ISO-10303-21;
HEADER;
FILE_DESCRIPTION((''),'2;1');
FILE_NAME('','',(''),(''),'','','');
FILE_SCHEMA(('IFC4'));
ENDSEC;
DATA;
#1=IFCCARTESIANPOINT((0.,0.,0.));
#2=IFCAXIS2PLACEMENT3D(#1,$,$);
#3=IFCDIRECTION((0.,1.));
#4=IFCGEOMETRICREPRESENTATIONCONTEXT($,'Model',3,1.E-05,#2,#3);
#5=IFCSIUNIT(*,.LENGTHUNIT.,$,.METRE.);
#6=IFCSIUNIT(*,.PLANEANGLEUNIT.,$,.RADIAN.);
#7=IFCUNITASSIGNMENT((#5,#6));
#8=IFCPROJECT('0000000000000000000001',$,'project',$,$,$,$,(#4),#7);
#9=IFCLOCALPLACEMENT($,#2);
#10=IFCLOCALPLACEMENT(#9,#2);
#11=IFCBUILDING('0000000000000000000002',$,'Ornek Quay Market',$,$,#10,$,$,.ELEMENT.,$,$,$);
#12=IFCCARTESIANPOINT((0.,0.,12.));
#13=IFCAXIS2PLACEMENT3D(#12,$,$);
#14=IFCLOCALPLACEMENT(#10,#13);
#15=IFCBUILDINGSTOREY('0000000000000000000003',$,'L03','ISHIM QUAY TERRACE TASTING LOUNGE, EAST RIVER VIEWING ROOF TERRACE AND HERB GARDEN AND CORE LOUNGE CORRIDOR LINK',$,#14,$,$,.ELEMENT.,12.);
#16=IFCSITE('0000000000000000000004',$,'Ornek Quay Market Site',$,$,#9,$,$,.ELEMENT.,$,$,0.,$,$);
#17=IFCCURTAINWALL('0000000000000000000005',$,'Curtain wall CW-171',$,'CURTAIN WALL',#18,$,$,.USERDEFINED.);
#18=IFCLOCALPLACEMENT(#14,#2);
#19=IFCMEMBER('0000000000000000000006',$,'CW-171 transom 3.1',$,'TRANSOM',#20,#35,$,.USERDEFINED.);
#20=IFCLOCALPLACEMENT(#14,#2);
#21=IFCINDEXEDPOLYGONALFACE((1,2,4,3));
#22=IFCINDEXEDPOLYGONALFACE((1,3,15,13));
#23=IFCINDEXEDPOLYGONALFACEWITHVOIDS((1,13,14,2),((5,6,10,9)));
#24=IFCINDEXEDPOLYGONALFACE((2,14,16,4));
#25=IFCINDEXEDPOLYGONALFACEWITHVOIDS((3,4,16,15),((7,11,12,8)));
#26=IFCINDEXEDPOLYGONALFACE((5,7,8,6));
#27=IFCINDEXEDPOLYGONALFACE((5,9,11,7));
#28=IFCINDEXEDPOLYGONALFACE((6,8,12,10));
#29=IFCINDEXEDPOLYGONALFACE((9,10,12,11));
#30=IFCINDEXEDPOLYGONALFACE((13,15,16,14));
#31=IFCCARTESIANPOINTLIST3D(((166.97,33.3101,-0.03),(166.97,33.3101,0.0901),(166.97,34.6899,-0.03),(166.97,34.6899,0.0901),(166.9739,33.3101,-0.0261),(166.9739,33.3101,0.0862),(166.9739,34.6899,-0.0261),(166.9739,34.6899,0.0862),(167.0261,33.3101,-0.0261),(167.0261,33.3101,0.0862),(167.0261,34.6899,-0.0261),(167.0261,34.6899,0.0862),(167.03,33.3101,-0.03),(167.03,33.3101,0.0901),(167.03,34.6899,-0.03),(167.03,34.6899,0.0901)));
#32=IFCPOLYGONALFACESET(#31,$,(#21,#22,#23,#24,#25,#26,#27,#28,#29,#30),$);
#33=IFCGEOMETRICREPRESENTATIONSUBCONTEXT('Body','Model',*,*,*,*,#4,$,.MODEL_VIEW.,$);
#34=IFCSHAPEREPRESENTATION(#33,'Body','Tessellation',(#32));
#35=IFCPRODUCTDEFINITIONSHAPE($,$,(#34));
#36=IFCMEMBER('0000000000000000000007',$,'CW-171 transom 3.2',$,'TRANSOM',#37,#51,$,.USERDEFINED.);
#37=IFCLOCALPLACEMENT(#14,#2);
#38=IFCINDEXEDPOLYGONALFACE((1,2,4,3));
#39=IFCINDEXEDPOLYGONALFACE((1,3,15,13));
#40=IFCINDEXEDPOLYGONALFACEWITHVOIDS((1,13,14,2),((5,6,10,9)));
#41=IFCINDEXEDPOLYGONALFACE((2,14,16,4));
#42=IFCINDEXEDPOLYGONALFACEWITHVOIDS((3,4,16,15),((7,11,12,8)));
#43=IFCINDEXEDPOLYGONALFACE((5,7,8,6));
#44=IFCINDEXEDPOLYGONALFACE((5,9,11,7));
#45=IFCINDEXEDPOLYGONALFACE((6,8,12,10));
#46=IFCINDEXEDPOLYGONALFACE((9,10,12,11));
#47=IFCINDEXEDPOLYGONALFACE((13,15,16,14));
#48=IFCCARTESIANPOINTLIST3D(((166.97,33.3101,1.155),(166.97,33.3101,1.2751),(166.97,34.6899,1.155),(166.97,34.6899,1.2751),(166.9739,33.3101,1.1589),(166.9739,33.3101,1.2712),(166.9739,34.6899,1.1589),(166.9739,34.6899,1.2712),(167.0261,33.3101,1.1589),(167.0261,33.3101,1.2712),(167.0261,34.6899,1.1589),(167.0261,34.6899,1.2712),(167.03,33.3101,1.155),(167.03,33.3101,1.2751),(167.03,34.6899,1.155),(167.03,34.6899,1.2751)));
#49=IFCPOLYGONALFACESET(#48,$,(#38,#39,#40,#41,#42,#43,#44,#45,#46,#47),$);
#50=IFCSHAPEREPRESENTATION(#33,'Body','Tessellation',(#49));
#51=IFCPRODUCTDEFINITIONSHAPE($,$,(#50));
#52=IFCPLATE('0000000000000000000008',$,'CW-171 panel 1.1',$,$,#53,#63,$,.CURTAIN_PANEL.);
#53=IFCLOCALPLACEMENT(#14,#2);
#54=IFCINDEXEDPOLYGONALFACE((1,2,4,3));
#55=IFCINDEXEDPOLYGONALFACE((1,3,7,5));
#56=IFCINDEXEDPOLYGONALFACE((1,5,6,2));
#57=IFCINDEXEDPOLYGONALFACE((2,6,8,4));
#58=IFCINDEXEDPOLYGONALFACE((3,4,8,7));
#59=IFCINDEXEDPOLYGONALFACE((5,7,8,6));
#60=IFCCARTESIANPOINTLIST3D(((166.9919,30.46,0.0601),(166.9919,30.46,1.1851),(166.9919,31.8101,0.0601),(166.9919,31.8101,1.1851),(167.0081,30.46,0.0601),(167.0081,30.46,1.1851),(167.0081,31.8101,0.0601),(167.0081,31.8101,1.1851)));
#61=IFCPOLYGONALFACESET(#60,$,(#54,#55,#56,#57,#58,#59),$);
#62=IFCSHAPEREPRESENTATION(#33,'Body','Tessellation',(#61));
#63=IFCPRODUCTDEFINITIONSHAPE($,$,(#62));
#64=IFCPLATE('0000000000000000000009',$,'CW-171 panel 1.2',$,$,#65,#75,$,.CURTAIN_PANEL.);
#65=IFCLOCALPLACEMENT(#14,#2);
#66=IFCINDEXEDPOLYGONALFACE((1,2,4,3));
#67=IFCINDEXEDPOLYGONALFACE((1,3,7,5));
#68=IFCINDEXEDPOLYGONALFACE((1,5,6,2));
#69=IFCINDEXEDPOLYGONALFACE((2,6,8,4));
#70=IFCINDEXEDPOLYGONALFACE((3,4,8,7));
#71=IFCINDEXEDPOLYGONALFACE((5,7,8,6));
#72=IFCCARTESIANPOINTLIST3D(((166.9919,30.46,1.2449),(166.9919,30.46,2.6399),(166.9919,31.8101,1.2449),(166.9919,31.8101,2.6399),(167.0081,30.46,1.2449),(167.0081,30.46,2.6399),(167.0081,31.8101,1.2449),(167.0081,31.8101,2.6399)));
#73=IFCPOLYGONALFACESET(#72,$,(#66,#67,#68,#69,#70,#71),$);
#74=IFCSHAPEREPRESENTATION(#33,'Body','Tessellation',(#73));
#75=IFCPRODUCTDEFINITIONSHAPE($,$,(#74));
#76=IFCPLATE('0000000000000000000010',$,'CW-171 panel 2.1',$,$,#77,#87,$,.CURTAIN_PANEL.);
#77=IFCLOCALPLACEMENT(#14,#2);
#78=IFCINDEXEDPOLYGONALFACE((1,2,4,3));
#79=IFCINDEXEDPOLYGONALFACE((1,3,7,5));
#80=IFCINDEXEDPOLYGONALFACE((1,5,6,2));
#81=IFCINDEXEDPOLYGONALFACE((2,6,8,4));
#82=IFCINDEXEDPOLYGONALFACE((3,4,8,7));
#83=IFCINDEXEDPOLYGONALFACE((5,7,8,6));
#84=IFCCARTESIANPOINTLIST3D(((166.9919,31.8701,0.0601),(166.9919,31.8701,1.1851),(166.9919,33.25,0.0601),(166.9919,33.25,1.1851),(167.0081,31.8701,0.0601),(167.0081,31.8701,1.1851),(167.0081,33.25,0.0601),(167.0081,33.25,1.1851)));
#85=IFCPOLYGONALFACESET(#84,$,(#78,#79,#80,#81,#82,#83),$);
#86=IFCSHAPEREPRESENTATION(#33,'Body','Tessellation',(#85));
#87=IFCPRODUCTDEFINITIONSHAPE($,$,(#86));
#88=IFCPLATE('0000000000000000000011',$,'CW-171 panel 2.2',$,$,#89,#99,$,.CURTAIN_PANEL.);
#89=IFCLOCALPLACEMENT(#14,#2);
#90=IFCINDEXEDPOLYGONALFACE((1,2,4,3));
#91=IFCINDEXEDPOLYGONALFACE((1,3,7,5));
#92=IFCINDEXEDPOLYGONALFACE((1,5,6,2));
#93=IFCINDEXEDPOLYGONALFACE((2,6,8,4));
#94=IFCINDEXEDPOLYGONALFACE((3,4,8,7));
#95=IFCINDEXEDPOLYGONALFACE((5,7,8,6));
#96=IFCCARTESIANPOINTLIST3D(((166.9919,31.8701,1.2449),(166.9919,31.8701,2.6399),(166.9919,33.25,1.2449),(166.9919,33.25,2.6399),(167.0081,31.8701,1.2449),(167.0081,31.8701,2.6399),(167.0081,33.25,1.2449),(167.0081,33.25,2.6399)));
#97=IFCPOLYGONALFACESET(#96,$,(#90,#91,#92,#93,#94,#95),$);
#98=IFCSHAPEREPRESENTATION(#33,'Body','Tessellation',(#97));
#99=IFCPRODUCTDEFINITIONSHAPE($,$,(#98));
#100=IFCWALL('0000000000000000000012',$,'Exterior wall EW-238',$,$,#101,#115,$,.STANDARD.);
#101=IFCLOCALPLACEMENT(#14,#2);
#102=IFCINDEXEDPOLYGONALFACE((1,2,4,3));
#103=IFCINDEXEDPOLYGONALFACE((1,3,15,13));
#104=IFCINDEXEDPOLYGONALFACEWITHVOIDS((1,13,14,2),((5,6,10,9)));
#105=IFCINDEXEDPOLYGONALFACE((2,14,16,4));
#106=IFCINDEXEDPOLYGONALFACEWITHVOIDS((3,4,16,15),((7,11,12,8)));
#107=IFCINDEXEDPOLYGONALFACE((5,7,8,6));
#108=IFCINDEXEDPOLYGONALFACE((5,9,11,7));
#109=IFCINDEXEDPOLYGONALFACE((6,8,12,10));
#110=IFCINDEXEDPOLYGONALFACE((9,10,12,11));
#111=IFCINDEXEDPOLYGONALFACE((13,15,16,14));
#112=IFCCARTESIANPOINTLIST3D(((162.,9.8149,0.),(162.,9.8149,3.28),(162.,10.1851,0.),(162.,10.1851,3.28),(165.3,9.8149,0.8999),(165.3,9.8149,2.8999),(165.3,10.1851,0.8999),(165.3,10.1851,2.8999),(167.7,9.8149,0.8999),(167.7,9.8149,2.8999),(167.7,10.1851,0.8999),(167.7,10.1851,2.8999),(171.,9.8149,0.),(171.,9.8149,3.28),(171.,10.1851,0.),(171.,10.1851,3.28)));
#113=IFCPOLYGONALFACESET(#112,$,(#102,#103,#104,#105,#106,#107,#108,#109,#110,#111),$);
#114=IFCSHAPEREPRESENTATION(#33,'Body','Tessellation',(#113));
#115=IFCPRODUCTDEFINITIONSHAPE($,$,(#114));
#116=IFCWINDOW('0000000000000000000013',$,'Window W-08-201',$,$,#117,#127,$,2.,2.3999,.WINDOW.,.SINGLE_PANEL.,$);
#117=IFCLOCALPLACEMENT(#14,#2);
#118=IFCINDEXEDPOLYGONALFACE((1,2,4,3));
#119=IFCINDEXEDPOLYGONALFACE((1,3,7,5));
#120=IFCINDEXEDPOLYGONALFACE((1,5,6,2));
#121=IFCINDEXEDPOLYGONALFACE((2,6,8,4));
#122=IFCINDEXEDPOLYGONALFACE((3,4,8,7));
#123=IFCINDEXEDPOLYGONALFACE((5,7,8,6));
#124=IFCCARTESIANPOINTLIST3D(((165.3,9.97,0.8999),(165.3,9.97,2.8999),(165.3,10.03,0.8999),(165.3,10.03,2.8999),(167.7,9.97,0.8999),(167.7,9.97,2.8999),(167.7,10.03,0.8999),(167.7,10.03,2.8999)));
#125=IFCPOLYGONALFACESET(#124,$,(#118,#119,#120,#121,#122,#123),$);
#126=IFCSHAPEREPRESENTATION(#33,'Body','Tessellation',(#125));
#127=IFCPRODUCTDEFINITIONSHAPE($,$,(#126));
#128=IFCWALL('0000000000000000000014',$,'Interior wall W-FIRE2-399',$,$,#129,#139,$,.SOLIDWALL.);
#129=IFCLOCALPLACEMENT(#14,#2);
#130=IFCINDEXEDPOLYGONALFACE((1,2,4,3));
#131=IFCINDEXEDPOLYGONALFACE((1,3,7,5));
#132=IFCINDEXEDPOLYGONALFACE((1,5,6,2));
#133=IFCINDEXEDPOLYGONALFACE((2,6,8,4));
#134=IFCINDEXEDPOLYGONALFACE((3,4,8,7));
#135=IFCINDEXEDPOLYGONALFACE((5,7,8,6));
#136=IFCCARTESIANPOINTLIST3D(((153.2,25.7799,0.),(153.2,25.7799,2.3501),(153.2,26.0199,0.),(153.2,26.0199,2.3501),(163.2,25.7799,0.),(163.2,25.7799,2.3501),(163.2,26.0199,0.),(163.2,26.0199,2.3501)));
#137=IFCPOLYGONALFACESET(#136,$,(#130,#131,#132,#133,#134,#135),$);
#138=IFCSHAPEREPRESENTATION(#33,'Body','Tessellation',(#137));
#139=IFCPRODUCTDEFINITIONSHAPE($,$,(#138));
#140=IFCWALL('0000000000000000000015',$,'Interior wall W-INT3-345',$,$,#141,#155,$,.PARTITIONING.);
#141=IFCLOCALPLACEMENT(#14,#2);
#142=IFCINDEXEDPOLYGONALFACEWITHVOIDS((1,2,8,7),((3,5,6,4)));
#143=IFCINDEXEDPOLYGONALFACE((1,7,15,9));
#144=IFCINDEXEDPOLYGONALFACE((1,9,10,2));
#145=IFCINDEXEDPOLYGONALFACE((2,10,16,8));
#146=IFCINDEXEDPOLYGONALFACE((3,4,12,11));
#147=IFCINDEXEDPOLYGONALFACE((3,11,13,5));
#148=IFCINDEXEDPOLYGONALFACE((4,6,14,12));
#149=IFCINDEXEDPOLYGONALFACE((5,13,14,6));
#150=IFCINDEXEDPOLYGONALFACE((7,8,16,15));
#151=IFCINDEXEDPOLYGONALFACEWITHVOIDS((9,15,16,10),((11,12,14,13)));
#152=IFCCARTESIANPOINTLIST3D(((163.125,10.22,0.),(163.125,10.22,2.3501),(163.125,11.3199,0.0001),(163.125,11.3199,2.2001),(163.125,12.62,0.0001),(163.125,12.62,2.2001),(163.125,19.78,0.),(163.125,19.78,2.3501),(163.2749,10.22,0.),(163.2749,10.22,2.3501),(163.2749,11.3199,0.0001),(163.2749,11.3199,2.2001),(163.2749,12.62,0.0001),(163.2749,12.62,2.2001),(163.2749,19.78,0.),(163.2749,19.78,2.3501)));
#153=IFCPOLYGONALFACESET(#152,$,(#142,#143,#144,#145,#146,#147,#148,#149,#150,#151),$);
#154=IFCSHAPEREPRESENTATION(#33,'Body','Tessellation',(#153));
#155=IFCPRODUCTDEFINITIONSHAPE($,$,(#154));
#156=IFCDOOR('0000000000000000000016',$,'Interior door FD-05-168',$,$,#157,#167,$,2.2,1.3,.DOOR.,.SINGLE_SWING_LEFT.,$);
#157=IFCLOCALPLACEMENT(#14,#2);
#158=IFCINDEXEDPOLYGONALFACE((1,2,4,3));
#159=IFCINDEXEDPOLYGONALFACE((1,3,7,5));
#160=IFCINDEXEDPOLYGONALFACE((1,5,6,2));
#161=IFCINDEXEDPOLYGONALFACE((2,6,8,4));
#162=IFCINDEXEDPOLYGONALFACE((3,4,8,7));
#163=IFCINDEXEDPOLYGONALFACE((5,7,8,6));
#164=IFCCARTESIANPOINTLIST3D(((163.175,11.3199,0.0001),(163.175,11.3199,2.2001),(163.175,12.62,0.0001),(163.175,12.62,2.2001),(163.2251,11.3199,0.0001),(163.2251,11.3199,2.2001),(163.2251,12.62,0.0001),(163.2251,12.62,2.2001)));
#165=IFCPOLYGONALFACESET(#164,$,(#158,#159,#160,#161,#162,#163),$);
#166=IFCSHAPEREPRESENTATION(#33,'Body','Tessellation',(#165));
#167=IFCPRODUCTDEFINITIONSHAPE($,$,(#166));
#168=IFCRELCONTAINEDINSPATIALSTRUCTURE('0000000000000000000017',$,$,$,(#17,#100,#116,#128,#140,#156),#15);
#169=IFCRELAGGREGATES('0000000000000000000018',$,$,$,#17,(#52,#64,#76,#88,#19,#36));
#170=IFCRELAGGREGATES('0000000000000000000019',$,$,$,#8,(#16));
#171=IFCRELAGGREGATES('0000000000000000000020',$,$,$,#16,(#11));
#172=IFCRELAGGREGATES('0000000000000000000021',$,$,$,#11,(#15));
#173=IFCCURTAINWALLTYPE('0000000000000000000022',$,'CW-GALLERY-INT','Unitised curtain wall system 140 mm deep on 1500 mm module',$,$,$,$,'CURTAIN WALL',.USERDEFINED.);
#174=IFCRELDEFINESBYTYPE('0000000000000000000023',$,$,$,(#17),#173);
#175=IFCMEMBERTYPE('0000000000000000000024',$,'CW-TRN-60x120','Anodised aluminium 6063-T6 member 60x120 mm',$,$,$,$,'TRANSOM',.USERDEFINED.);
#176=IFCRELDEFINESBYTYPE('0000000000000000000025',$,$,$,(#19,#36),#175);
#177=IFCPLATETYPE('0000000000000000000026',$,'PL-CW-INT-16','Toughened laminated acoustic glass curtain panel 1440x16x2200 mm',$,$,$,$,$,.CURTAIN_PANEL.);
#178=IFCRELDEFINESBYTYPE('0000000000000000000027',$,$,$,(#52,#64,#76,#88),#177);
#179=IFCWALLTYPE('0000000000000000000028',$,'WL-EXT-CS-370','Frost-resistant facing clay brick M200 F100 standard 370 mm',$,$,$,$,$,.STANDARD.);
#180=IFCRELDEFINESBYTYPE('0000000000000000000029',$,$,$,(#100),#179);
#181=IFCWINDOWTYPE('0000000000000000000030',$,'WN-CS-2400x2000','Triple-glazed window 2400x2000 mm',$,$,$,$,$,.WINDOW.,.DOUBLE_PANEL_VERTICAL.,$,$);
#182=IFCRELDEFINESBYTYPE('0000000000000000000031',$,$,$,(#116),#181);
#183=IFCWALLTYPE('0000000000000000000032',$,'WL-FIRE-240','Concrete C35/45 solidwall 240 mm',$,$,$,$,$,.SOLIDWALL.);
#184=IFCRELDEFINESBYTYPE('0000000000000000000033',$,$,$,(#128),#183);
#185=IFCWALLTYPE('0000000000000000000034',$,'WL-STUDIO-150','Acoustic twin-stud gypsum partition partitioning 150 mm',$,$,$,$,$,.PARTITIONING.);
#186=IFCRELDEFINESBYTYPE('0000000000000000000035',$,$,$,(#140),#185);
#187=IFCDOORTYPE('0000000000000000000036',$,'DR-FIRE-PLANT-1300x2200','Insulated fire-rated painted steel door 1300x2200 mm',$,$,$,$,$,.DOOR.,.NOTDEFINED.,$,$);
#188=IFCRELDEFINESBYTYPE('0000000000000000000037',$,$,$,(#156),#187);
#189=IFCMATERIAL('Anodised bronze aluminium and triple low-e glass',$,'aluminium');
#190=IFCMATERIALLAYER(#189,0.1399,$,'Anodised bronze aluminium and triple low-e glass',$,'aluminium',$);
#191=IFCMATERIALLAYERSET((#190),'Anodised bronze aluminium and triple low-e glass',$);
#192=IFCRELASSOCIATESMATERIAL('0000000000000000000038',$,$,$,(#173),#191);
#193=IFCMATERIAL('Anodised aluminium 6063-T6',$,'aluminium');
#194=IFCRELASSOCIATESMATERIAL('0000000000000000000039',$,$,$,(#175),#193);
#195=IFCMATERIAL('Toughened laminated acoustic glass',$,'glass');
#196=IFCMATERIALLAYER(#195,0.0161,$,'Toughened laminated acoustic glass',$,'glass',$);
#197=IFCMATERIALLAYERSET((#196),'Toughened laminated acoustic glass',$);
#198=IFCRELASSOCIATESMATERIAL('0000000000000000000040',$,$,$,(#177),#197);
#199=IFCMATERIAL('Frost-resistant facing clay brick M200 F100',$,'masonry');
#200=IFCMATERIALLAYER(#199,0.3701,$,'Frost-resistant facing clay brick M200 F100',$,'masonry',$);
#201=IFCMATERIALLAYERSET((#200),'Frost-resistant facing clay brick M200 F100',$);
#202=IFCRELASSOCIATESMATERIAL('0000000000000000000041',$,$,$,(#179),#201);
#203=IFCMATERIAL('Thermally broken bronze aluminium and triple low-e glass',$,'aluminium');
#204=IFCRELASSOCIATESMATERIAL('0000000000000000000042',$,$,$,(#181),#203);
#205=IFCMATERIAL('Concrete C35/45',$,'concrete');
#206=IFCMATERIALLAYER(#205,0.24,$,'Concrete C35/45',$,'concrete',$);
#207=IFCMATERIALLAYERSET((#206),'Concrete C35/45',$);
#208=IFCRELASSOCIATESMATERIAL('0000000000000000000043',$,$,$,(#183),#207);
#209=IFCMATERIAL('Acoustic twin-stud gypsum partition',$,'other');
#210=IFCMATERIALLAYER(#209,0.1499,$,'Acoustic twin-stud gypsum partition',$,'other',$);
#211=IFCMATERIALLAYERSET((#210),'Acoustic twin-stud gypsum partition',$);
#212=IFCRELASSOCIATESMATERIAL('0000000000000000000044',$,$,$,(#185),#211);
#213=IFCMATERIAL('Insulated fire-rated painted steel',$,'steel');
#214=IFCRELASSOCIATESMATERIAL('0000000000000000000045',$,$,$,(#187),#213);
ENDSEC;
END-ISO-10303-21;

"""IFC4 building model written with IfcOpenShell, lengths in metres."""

from ifc_helpers import new_model, si_unit, direction, frame, frame_2d, origin, origin_2d, place, context, subcontext, project, spatial, rectangle, hollow_rectangle, extrude, material, layer, layer_set, material_profile, profile_set, type_object, element, fill, aggregate, save


model = new_model("IFC4")

# Units and contexts
model_context = context("Model", 3, precision=1e-05, world=origin(), true_north=direction((0.0, 1.0)))
body_context = subcontext(model_context, "Body", "Model", "MODEL_VIEW")
ifc_project = project(units=[si_unit("LENGTHUNIT", "METRE"), si_unit("PLANEANGLEUNIT", "RADIAN")], contexts=[model_context])

# Site, building, storey
site_placement = place(None, origin())
site = spatial("IfcSite", under=ifc_project, at=site_placement, Name="Ornek Quay Market Site", CompositionType="ELEMENT", RefElevation=0.0)
building_placement = place(site_placement, origin())
building = spatial("IfcBuilding", under=site, at=building_placement, Name="Ornek Quay Market", CompositionType="ELEMENT")
storey_placement = place(building_placement, frame((0.0, 0.0, 12.0)))
storey = spatial("IfcBuildingStorey", under=building, at=storey_placement, Name="L03", Description="ISHIM QUAY TERRACE TASTING LOUNGE, EAST RIVER VIEWING ROOF TERRACE AND HERB GARDEN AND CORE LOUNGE CORRIDOR LINK", CompositionType="ELEMENT", Elevation=12.0)

# Curtain wall, members, plates
ifc_material_1 = material(Name="Anodised bronze aluminium and triple low-e glass", Category="aluminium")
ifc_layer_1 = layer(ifc_material_1, 0.1399, Name="Anodised bronze aluminium and triple low-e glass", Category="aluminium")
ifc_layer_set_1 = layer_set([ifc_layer_1], Name="Anodised bronze aluminium and triple low-e glass")
curtain_wall_type = type_object("IfcCurtainWallType", Name="CW-GALLERY-INT", Description="Unitised curtain wall system 140 mm deep on 1500 mm module", ElementType="CURTAIN WALL", PredefinedType="USERDEFINED", material=ifc_layer_set_1)
curtain_wall_placement = place(storey_placement, origin())
curtain_wall = element("IfcCurtainWall", 1, at=curtain_wall_placement, inside=storey, type_object=curtain_wall_type, Name="Curtain wall CW-171", ObjectType="CURTAIN WALL", PredefinedType="USERDEFINED")
ifc_material_2 = material(Name="Anodised aluminium 6063-T6", Category="aluminium")
ifc_material_profile_1 = material_profile(ifc_material_2, hollow_rectangle(XDim=0.0601, YDim=0.1201, WallThickness=0.0039, at=origin_2d()), Name="CW-TRN-60x120", Category="aluminium")
ifc_profile_set_1 = profile_set([ifc_material_profile_1], Name="Anodised aluminium 6063-T6")
member_type_1 = type_object("IfcMemberType", Name="CW-TRN-60x120", Description="Anodised aluminium 6063-T6 member 60x120 mm", ElementType="TRANSOM", PredefinedType="USERDEFINED", material=ifc_profile_set_1)
member_1_placement = place(storey_placement, frame((167.0, 33.3101, 0.03), z_axis=(0.0, 1.0, 0.0), x_axis=(-1.0, 0.0, 0.0)))
member_1 = element("IfcMember", 2, at=member_1_placement, type_object=member_type_1, Name="CW-171 transom 3.1", ObjectType="TRANSOM", PredefinedType="USERDEFINED", context=body_context, shape_type="SweptSolid", body=[
    extrude(hollow_rectangle(XDim=0.0601, YDim=0.1201, WallThickness=0.0039, at=origin_2d()), origin(), (0.0, 0.0, 1.0), 1.3799),
])
member_2_placement = place(storey_placement, frame((167.0, 33.3101, 1.2151), z_axis=(0.0, 1.0, 0.0), x_axis=(-1.0, 0.0, 0.0)))
member_2 = element("IfcMember", 3, at=member_2_placement, type_object=member_type_1, Name="CW-171 transom 3.2", ObjectType="TRANSOM", PredefinedType="USERDEFINED", context=body_context, shape_type="SweptSolid", body=[
    extrude(hollow_rectangle(XDim=0.0601, YDim=0.1201, WallThickness=0.0039, at=origin_2d()), origin(), (0.0, 0.0, 1.0), 1.3799),
])
ifc_material_3 = material(Name="Toughened laminated acoustic glass", Category="glass")
ifc_layer_2 = layer(ifc_material_3, 0.0161, Name="Toughened laminated acoustic glass", Category="glass")
ifc_layer_set_2 = layer_set([ifc_layer_2], Name="Toughened laminated acoustic glass")
plate_type = type_object("IfcPlateType", Name="PL-CW-INT-16", Description="Toughened laminated acoustic glass curtain panel 1440x16x2200 mm", PredefinedType="CURTAIN_PANEL", material=ifc_layer_set_2)
plate_1_placement = place(storey_placement, frame((167.0, 31.135, 0.0601), z_axis=(0.0, 0.0, 1.0), x_axis=(0.0, 1.0, 0.0)))
plate_1 = element("IfcPlate", 4, at=plate_1_placement, type_object=plate_type, Name="CW-171 panel 1.1", PredefinedType="CURTAIN_PANEL", context=body_context, shape_type="SweptSolid", body=[
    extrude(rectangle(XDim=1.3501, YDim=0.0161, at=origin_2d()), origin(), (0.0, 0.0, 1.0), 1.125),
])
plate_2_placement = place(storey_placement, frame((167.0, 31.135, 1.2449), z_axis=(0.0, 0.0, 1.0), x_axis=(0.0, 1.0, 0.0)))
plate_2 = element("IfcPlate", 5, at=plate_2_placement, type_object=plate_type, Name="CW-171 panel 1.2", PredefinedType="CURTAIN_PANEL", context=body_context, shape_type="SweptSolid", body=[
    extrude(rectangle(XDim=1.3501, YDim=0.0161, at=origin_2d()), origin(), (0.0, 0.0, 1.0), 1.395),
])
plate_3_placement = place(storey_placement, frame((167.0, 32.5601, 0.0601), z_axis=(0.0, 0.0, 1.0), x_axis=(0.0, 1.0, 0.0)))
plate_3 = element("IfcPlate", 6, at=plate_3_placement, type_object=plate_type, Name="CW-171 panel 2.1", PredefinedType="CURTAIN_PANEL", context=body_context, shape_type="SweptSolid", body=[
    extrude(rectangle(XDim=1.3799, YDim=0.0161, at=origin_2d()), origin(), (0.0, 0.0, 1.0), 1.125),
])
plate_4_placement = place(storey_placement, frame((167.0, 32.5601, 1.2449), z_axis=(0.0, 0.0, 1.0), x_axis=(0.0, 1.0, 0.0)))
plate_4 = element("IfcPlate", 7, at=plate_4_placement, type_object=plate_type, Name="CW-171 panel 2.2", PredefinedType="CURTAIN_PANEL", context=body_context, shape_type="SweptSolid", body=[
    extrude(rectangle(XDim=1.3799, YDim=0.0161, at=origin_2d()), origin(), (0.0, 0.0, 1.0), 1.395),
])
aggregate(curtain_wall, [plate_1, plate_2, plate_3, plate_4, member_1, member_2])

# Wall, opening, window
ifc_material_4 = material(Name="Frost-resistant facing clay brick M200 F100", Category="masonry")
ifc_layer_3 = layer(ifc_material_4, 0.3701, Name="Frost-resistant facing clay brick M200 F100", Category="masonry")
ifc_layer_set_3 = layer_set([ifc_layer_3], Name="Frost-resistant facing clay brick M200 F100")
wall_type_1 = type_object("IfcWallType", Name="WL-EXT-CS-370", Description="Frost-resistant facing clay brick M200 F100 standard 370 mm", PredefinedType="STANDARD", material=ifc_layer_set_3)
wall_1_placement = place(storey_placement, frame((162.0, 10.0, 0.0), z_axis=(0.0, 0.0, 1.0), x_axis=(1.0, 0.0, 0.0)))
wall_1 = element("IfcWall", 8, at=wall_1_placement, inside=storey, type_object=wall_type_1, Name="Exterior wall EW-238", PredefinedType="STANDARD", context=body_context, shape_type="SweptSolid", body=[
    extrude(rectangle(XDim=9.0, YDim=0.3701, at=frame_2d((4.5, 0.0))), origin(), (0.0, 0.0, 1.0), 3.28),
])
opening_1_placement = place(wall_1_placement, frame((3.3, 0.0, 0.8999)))
opening_1 = element("IfcOpeningElement", 9, at=opening_1_placement, cuts=wall_1, PredefinedType="OPENING", context=body_context, shape_type="SweptSolid", body=[
    extrude(rectangle(XDim=2.3999, YDim=2.0, at=frame_2d((1.2, 1.0))), frame((0.0, 0.1951, 0.0), z_axis=(0.0, -1.0, 0.0), x_axis=(1.0, 0.0, 0.0)), (0.0, 0.0, 1.0), 0.3901),
])
ifc_material_5 = material(Name="Thermally broken bronze aluminium and triple low-e glass", Category="aluminium")
window_type_1 = type_object("IfcWindowType", Name="WN-CS-2400x2000", Description="Triple-glazed window 2400x2000 mm", PartitioningType="DOUBLE_PANEL_VERTICAL", PredefinedType="WINDOW", material=ifc_material_5)
window_1_placement = place(opening_1_placement, origin())
window_1 = element("IfcWindow", 10, at=window_1_placement, inside=storey, type_object=window_type_1, Name="Window W-08-201", OverallHeight=2.0, OverallWidth=2.3999, PartitioningType="SINGLE_PANEL", PredefinedType="WINDOW", context=body_context, shape_type="SweptSolid", body=[
    extrude(rectangle(XDim=2.3999, YDim=2.0, at=frame_2d((1.2, 1.0))), frame((0.0, 0.03, 0.0), z_axis=(0.0, -1.0, 0.0), x_axis=(1.0, 0.0, 0.0)), (0.0, 0.0, 1.0), 0.0601),
])
fill(opening_1, window_1)

# Wall
ifc_material_6 = material(Name="Concrete C35/45", Category="concrete")
ifc_layer_4 = layer(ifc_material_6, 0.24, Name="Concrete C35/45", Category="concrete")
ifc_layer_set_4 = layer_set([ifc_layer_4], Name="Concrete C35/45")
wall_type_2 = type_object("IfcWallType", Name="WL-FIRE-240", Description="Concrete C35/45 solidwall 240 mm", PredefinedType="SOLIDWALL", material=ifc_layer_set_4)
wall_2_placement = place(storey_placement, frame((153.2, 25.8999, 0.0), z_axis=(0.0, 0.0, 1.0), x_axis=(1.0, 0.0, 0.0)))
element("IfcWall", 11, at=wall_2_placement, inside=storey, type_object=wall_type_2, Name="Interior wall W-FIRE2-399", PredefinedType="SOLIDWALL", context=body_context, shape_type="SweptSolid", body=[
    extrude(rectangle(XDim=10.0, YDim=0.24, at=frame_2d((5.0, 0.0))), origin(), (0.0, 0.0, 1.0), 2.3501),
])

# Wall, opening, door
ifc_material_7 = material(Name="Acoustic twin-stud gypsum partition", Category="other")
ifc_layer_5 = layer(ifc_material_7, 0.1499, Name="Acoustic twin-stud gypsum partition", Category="other")
ifc_layer_set_5 = layer_set([ifc_layer_5], Name="Acoustic twin-stud gypsum partition")
wall_type_3 = type_object("IfcWallType", Name="WL-STUDIO-150", Description="Acoustic twin-stud gypsum partition partitioning 150 mm", PredefinedType="PARTITIONING", material=ifc_layer_set_5)
wall_3_placement = place(storey_placement, frame((163.2, 10.22, 0.0), z_axis=(0.0, 0.0, 1.0), x_axis=(0.0, 1.0, 0.0)))
wall_3 = element("IfcWall", 12, at=wall_3_placement, inside=storey, type_object=wall_type_3, Name="Interior wall W-INT3-345", PredefinedType="PARTITIONING", context=body_context, shape_type="SweptSolid", body=[
    extrude(rectangle(XDim=9.5601, YDim=0.1499, at=frame_2d((4.78, 0.0))), origin(), (0.0, 0.0, 1.0), 2.3501),
])
opening_2_placement = place(wall_3_placement, frame((1.1001, 0.0, 0.0)))
opening_2 = element("IfcOpeningElement", 13, at=opening_2_placement, cuts=wall_3, PredefinedType="OPENING", context=body_context, shape_type="SweptSolid", body=[
    extrude(rectangle(XDim=1.3, YDim=2.2, at=frame_2d((0.6499, 1.1001))), frame((0.0, 0.085, 0.0), z_axis=(0.0, -1.0, 0.0), x_axis=(1.0, 0.0, 0.0)), (0.0, 0.0, 1.0), 0.1699),
])
ifc_material_8 = material(Name="Insulated fire-rated painted steel", Category="steel")
door_type_1 = type_object("IfcDoorType", Name="DR-FIRE-PLANT-1300x2200", Description="Insulated fire-rated painted steel door 1300x2200 mm", OperationType="NOTDEFINED", PredefinedType="DOOR", material=ifc_material_8)
door_1_placement = place(opening_2_placement, origin())
door_1 = element("IfcDoor", 14, at=door_1_placement, inside=storey, type_object=door_type_1, Name="Interior door FD-05-168", OperationType="SINGLE_SWING_LEFT", OverallHeight=2.2, OverallWidth=1.3, PredefinedType="DOOR", context=body_context, shape_type="SweptSolid", body=[
    extrude(rectangle(XDim=1.3, YDim=2.2, at=frame_2d((0.6499, 1.1001))), frame((0.0, 0.0249, 0.0), z_axis=(0.0, -1.0, 0.0), x_axis=(1.0, 0.0, 0.0)), (0.0, 0.0, 1.0), 0.05),
])
fill(opening_2, door_1)

save(model, "model.ifc")
